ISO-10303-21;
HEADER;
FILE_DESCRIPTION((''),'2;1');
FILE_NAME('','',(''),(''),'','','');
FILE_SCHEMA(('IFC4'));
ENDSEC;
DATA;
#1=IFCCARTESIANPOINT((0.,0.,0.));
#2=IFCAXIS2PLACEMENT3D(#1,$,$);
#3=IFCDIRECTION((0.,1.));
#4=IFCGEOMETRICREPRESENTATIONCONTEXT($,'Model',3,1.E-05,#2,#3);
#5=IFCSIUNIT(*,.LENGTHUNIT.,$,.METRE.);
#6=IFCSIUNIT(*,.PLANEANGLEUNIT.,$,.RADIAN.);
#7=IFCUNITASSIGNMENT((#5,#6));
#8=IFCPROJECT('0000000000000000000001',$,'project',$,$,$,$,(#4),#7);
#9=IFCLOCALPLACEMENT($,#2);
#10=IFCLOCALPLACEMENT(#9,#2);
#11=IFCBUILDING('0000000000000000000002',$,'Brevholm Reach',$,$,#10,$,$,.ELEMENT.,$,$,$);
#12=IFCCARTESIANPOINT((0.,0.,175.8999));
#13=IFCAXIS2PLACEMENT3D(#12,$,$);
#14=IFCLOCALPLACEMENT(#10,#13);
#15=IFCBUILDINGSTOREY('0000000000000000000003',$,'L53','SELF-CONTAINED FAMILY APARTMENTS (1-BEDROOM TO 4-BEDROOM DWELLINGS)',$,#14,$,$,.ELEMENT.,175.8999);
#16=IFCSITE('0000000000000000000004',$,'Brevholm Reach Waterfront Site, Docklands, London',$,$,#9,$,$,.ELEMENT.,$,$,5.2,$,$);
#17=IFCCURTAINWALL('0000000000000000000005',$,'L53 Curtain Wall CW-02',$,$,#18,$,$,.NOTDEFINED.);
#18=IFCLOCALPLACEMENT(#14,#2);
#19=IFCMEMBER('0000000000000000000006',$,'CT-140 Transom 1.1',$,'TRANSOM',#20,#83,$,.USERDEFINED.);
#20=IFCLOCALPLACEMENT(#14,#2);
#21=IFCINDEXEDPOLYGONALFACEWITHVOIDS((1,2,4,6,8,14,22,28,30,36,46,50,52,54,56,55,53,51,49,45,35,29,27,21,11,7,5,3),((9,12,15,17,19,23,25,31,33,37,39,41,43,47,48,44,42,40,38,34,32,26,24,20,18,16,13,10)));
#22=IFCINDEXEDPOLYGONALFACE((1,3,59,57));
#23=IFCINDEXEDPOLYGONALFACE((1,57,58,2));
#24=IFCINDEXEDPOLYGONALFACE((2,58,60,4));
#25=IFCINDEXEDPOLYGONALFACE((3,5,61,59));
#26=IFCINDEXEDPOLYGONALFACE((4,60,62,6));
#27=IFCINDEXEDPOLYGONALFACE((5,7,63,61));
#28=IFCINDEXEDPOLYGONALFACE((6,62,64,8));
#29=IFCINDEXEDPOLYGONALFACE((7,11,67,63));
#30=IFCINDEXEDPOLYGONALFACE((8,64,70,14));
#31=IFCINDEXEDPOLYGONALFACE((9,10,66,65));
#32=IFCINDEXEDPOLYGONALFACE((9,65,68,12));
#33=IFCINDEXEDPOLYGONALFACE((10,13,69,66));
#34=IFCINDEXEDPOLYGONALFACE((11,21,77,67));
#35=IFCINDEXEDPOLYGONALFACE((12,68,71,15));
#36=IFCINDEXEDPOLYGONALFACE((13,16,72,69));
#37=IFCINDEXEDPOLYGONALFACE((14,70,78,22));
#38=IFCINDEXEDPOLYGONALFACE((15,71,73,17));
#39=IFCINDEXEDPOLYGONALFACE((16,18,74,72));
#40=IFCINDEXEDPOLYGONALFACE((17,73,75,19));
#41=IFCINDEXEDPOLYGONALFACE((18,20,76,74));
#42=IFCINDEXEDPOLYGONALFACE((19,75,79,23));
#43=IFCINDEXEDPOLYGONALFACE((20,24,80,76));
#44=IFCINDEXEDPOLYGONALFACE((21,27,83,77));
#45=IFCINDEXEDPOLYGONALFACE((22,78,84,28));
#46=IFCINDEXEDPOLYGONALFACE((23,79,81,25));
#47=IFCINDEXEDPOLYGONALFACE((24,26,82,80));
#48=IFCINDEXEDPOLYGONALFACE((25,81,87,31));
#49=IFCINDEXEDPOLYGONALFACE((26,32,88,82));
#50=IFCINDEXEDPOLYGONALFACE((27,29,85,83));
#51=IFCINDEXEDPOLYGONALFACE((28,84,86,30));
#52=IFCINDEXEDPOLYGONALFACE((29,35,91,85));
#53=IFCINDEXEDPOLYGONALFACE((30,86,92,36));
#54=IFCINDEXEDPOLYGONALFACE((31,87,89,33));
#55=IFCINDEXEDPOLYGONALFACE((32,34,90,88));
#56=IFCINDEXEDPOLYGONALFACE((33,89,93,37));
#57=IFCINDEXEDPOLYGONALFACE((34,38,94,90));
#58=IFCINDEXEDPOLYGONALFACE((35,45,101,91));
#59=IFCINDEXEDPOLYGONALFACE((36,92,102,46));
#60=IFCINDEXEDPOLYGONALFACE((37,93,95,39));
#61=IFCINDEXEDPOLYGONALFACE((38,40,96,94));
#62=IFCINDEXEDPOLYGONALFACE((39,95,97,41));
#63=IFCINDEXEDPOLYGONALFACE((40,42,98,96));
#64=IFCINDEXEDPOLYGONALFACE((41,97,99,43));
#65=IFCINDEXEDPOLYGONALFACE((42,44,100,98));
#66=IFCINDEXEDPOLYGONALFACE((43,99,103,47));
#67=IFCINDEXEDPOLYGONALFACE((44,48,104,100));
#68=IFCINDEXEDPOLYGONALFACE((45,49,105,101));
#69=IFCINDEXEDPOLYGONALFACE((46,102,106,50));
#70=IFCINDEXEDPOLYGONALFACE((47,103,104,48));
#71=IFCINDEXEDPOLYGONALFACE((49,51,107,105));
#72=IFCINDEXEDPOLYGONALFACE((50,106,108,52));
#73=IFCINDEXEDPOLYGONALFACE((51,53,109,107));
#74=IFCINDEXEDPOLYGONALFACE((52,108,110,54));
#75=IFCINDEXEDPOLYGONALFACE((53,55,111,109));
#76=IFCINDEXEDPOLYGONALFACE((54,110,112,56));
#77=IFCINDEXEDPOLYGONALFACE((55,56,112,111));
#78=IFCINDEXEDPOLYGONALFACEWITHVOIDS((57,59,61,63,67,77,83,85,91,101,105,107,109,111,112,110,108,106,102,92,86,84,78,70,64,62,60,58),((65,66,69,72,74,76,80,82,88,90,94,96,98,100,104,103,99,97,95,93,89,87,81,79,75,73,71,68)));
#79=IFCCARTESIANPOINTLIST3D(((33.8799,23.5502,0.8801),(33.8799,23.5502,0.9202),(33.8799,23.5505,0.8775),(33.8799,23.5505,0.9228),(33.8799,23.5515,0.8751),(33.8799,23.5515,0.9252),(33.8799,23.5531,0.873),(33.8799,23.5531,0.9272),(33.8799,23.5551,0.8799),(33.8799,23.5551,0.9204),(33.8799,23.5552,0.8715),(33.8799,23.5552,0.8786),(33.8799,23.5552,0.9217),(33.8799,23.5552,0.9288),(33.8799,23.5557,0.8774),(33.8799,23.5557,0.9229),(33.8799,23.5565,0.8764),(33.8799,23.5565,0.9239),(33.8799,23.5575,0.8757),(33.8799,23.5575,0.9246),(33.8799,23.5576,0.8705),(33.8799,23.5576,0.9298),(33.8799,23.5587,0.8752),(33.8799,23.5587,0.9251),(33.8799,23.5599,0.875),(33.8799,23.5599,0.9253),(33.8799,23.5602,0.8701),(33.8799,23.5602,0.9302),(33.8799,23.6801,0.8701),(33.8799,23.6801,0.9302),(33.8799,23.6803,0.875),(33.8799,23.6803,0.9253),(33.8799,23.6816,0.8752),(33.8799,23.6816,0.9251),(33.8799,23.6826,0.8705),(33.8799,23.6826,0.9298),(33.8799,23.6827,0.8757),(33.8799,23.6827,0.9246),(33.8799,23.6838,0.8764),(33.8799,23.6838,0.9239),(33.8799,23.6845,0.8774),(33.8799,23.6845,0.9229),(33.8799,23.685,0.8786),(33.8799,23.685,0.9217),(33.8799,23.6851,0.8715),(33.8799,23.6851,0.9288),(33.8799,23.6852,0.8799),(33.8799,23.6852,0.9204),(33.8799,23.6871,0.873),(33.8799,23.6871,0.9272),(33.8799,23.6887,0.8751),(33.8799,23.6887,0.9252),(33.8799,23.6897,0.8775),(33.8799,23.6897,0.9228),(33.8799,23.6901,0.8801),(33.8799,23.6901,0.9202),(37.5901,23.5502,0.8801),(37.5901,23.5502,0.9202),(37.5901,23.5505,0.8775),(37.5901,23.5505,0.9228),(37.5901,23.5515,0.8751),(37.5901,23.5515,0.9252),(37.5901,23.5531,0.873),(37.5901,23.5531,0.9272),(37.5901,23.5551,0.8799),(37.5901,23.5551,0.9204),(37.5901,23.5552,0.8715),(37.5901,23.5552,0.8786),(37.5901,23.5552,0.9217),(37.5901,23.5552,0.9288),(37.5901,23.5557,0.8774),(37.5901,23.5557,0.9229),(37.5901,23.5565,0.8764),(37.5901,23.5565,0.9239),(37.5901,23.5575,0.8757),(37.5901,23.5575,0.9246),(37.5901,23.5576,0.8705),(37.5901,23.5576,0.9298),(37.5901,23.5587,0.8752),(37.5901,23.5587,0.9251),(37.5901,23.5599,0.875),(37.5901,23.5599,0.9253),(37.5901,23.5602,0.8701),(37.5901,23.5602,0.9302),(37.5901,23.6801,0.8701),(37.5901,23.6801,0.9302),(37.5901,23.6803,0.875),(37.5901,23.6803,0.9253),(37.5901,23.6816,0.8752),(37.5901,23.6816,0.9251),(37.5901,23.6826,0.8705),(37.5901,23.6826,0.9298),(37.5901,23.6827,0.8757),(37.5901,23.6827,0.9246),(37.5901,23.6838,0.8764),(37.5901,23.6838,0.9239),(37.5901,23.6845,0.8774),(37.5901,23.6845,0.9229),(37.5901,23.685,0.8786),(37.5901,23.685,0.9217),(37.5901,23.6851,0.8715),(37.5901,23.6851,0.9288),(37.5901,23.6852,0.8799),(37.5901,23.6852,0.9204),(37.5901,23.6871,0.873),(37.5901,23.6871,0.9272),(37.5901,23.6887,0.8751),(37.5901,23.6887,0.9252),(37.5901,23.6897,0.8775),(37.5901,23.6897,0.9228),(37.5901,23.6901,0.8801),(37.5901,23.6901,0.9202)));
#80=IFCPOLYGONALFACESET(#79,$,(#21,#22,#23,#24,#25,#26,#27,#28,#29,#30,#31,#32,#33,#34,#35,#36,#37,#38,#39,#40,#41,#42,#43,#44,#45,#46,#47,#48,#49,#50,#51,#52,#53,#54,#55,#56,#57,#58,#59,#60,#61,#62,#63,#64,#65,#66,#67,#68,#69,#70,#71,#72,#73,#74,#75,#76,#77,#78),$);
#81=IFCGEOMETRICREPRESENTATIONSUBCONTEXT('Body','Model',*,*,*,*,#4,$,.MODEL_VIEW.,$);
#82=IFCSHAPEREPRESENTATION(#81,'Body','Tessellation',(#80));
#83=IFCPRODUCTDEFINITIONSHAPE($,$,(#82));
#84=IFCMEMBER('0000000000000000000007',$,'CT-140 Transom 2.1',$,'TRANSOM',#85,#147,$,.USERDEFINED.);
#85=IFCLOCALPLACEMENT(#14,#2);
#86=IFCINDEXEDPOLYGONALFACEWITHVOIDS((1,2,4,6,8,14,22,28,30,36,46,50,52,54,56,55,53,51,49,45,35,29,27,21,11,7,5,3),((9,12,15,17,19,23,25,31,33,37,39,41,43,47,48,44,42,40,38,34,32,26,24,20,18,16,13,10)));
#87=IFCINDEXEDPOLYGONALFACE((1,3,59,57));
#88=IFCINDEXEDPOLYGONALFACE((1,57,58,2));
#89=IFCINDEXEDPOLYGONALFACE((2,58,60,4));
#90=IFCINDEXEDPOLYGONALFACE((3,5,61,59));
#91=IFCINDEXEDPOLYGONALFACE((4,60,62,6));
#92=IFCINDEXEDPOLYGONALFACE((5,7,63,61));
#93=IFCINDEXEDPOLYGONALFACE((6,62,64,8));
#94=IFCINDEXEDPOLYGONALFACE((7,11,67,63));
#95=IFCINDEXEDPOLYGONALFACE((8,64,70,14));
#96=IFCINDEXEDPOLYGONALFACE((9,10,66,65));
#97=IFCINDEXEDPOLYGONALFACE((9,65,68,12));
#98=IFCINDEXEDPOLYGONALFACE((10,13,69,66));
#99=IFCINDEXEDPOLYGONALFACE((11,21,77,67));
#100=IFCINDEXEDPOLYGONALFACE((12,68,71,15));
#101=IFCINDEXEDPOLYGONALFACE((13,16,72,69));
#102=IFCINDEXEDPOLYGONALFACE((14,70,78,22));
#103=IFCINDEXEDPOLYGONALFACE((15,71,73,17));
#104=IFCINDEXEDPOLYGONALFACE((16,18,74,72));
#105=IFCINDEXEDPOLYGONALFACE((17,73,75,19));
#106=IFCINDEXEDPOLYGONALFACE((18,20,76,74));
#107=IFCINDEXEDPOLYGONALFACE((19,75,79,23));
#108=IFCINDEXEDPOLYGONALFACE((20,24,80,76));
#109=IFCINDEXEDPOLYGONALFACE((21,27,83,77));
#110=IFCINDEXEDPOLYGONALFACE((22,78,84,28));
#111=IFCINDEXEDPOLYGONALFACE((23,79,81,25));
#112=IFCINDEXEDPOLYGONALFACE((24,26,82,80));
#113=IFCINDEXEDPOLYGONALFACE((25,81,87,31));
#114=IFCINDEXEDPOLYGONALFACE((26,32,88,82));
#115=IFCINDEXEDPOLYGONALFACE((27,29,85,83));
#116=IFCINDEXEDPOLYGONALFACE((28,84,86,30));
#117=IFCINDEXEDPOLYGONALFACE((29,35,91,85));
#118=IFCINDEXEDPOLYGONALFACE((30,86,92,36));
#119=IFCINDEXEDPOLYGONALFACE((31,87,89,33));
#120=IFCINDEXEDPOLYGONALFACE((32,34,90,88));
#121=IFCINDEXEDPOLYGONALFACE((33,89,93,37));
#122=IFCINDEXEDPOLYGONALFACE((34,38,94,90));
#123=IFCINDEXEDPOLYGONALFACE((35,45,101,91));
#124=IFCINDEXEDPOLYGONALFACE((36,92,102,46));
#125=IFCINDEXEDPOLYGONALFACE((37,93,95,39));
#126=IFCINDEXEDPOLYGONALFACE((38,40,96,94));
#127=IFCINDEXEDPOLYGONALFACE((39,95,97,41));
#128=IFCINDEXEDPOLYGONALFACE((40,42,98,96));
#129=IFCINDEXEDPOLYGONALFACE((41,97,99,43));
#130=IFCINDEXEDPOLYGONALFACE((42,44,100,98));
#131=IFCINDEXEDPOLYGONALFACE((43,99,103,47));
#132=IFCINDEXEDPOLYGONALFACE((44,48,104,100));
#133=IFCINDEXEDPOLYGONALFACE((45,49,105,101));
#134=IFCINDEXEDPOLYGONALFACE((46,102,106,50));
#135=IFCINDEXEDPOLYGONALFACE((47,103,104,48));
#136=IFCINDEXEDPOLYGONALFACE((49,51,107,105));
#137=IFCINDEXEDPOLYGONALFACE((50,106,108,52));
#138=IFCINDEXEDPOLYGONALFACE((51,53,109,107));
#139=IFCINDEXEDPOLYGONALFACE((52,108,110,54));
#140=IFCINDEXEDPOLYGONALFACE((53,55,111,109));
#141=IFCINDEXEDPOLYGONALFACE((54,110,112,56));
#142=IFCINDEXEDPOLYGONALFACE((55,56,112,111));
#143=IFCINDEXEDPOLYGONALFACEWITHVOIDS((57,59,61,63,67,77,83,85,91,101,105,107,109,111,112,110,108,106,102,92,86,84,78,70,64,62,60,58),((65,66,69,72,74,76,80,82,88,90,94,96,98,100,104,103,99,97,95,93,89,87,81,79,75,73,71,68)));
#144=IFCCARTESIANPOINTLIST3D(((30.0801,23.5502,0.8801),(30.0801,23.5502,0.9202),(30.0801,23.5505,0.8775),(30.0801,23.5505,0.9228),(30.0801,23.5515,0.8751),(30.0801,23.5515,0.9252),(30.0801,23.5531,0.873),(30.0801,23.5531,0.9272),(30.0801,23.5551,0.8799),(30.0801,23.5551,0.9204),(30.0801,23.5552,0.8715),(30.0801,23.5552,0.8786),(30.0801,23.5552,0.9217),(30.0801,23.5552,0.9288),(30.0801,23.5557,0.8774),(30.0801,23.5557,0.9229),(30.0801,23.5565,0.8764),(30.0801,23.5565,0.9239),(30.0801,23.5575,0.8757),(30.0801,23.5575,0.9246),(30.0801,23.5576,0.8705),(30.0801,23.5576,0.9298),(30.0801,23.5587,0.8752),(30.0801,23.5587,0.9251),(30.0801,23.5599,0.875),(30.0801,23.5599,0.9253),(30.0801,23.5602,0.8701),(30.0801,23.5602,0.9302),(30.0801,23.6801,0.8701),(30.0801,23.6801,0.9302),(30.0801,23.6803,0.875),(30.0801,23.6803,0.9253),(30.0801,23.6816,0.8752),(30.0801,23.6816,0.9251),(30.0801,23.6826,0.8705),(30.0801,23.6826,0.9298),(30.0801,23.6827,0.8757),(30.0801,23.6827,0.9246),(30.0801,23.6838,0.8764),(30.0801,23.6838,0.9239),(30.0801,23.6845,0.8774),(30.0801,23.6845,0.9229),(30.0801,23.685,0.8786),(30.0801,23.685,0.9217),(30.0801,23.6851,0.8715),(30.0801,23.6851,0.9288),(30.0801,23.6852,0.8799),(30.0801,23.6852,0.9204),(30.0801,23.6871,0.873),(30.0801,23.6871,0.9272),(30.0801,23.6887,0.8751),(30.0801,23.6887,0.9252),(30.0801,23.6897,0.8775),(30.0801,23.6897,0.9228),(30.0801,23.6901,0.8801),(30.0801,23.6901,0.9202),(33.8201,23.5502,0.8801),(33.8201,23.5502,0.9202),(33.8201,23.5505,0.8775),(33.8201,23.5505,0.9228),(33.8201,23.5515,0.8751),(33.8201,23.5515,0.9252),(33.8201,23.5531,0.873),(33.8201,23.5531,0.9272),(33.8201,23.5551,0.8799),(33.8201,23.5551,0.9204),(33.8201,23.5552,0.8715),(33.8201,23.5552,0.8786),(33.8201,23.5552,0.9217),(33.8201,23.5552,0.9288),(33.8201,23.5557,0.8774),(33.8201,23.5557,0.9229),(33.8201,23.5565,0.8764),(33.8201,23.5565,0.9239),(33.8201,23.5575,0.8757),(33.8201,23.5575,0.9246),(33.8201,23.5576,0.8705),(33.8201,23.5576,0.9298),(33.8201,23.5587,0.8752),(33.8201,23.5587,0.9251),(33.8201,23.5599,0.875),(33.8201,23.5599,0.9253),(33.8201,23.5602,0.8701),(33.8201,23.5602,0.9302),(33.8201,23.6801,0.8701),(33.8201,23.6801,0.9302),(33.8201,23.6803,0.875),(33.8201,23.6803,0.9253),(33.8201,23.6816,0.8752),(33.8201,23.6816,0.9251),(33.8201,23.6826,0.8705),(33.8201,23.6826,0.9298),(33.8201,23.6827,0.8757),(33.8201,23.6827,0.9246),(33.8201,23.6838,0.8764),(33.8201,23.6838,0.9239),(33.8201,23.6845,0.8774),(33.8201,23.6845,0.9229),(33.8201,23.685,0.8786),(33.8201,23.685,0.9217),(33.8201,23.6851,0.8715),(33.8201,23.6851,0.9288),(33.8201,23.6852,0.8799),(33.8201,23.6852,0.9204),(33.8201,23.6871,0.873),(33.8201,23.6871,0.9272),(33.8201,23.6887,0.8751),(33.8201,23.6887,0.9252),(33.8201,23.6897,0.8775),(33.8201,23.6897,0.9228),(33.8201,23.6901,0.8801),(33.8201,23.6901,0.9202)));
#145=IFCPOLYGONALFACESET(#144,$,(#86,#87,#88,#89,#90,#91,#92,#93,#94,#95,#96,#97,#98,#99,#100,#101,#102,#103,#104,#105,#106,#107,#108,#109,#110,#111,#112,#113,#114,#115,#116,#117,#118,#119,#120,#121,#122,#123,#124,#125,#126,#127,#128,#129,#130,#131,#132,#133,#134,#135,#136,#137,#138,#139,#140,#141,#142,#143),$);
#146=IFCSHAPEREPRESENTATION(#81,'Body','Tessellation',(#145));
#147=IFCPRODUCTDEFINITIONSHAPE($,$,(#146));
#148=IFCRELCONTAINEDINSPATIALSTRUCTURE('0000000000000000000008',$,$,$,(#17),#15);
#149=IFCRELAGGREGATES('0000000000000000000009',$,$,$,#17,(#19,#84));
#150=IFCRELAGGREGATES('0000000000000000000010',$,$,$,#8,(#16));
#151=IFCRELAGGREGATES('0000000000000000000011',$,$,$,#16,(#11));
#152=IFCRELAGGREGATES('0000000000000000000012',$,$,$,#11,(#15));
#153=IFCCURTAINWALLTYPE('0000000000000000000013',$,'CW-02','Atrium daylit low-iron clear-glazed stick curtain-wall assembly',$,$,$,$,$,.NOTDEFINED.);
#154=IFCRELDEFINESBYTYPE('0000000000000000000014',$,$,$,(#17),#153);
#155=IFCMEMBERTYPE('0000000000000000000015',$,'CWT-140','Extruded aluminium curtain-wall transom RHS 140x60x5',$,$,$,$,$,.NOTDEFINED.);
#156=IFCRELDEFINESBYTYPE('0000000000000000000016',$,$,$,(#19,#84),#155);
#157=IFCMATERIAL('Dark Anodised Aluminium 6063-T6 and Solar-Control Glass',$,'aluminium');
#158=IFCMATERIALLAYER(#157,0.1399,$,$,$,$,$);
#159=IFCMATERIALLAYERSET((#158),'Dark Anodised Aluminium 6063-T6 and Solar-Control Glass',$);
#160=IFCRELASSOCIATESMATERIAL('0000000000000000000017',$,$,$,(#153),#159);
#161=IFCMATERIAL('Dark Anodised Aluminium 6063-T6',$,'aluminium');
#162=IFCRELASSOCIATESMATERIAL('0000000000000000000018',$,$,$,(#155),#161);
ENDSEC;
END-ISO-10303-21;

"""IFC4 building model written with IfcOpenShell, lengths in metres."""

from ifc_helpers import new_model, si_unit, direction, frame, origin, origin_2d, place, context, subcontext, project, spatial, hollow_rectangle, extrude, material, layer, layer_set, material_profile, profile_set, type_object, element, aggregate, save


model = new_model("IFC4")

# Units and contexts
model_context = context("Model", 3, precision=1e-05, world=origin(), true_north=direction((0.0, 1.0)))
body_context = subcontext(model_context, "Body", "Model", "MODEL_VIEW")
ifc_project = project(units=[si_unit("LENGTHUNIT", "METRE"), si_unit("PLANEANGLEUNIT", "RADIAN")], contexts=[model_context])

# Site, building, storey
site_placement = place(None, origin())
site = spatial("IfcSite", under=ifc_project, at=site_placement, Name="Brevholm Reach Waterfront Site, Docklands, London", CompositionType="ELEMENT", RefElevation=5.2)
building_placement = place(site_placement, origin())
building = spatial("IfcBuilding", under=site, at=building_placement, Name="Brevholm Reach", CompositionType="ELEMENT")
storey_placement = place(building_placement, frame((0.0, 0.0, 175.8999)))
storey = spatial("IfcBuildingStorey", under=building, at=storey_placement, Name="L53", Description="SELF-CONTAINED FAMILY APARTMENTS (1-BEDROOM TO 4-BEDROOM DWELLINGS)", CompositionType="ELEMENT", Elevation=175.8999)

# Shared definitions
ifc_material_1 = material(Name="Dark Anodised Aluminium 6063-T6 and Solar-Control Glass", Category="aluminium")
ifc_layer_1 = layer(ifc_material_1, 0.1399)
ifc_layer_set_1 = layer_set([ifc_layer_1], Name="Dark Anodised Aluminium 6063-T6 and Solar-Control Glass")
curtain_wall_type_1 = type_object("IfcCurtainWallType", Name="CW-02", Description="Atrium daylit low-iron clear-glazed stick curtain-wall assembly", PredefinedType="NOTDEFINED", material=ifc_layer_set_1)

# Curtain wall
curtain_wall_1_placement = place(storey_placement, origin())
curtain_wall_1 = element("IfcCurtainWall", 1, at=curtain_wall_1_placement, inside=storey, type_object=curtain_wall_type_1, Name="L53 Curtain Wall CW-02", PredefinedType="NOTDEFINED")

# Members
ifc_material_2 = material(Name="Dark Anodised Aluminium 6063-T6", Category="aluminium")
ifc_material_profile_1 = material_profile(ifc_material_2, hollow_rectangle(XDim=0.0601, YDim=0.1399, WallThickness=0.0049, InnerFilletRadius=0.0049, OuterFilletRadius=0.01, at=origin_2d()), Name="RHS 140x60x5")
ifc_profile_set_1 = profile_set([ifc_material_profile_1], Name="Dark Anodised Aluminium 6063-T6")
member_type_1 = type_object("IfcMemberType", Name="CWT-140", Description="Extruded aluminium curtain-wall transom RHS 140x60x5", PredefinedType="NOTDEFINED", material=ifc_profile_set_1)
member_1_placement = place(storey_placement, frame((37.5901, 23.6201, 0.9001), z_axis=(-1.0, 0.0, 0.0), x_axis=(0.0, 0.0, 1.0)))
member_1 = element("IfcMember", 2, at=member_1_placement, type_object=member_type_1, Name="CT-140 Transom 1.1", ObjectType="TRANSOM", PredefinedType="USERDEFINED", context=body_context, shape_type="SweptSolid", body=[
    extrude(hollow_rectangle(XDim=0.0601, YDim=0.1399, WallThickness=0.0049, InnerFilletRadius=0.0049, OuterFilletRadius=0.01, at=origin_2d()), origin(), (0.0, 0.0, 1.0), 3.7102),
])
member_2_placement = place(storey_placement, frame((33.8201, 23.6201, 0.9001), z_axis=(-1.0, 0.0, 0.0), x_axis=(0.0, 0.0, 1.0)))
member_2 = element("IfcMember", 3, at=member_2_placement, type_object=member_type_1, Name="CT-140 Transom 2.1", ObjectType="TRANSOM", PredefinedType="USERDEFINED", context=body_context, shape_type="SweptSolid", body=[
    extrude(hollow_rectangle(XDim=0.0601, YDim=0.1399, WallThickness=0.0049, InnerFilletRadius=0.0049, OuterFilletRadius=0.01, at=origin_2d()), origin(), (0.0, 0.0, 1.0), 3.74),
])

aggregate(curtain_wall_1, [member_1, member_2])

save(model, "model.ifc")
